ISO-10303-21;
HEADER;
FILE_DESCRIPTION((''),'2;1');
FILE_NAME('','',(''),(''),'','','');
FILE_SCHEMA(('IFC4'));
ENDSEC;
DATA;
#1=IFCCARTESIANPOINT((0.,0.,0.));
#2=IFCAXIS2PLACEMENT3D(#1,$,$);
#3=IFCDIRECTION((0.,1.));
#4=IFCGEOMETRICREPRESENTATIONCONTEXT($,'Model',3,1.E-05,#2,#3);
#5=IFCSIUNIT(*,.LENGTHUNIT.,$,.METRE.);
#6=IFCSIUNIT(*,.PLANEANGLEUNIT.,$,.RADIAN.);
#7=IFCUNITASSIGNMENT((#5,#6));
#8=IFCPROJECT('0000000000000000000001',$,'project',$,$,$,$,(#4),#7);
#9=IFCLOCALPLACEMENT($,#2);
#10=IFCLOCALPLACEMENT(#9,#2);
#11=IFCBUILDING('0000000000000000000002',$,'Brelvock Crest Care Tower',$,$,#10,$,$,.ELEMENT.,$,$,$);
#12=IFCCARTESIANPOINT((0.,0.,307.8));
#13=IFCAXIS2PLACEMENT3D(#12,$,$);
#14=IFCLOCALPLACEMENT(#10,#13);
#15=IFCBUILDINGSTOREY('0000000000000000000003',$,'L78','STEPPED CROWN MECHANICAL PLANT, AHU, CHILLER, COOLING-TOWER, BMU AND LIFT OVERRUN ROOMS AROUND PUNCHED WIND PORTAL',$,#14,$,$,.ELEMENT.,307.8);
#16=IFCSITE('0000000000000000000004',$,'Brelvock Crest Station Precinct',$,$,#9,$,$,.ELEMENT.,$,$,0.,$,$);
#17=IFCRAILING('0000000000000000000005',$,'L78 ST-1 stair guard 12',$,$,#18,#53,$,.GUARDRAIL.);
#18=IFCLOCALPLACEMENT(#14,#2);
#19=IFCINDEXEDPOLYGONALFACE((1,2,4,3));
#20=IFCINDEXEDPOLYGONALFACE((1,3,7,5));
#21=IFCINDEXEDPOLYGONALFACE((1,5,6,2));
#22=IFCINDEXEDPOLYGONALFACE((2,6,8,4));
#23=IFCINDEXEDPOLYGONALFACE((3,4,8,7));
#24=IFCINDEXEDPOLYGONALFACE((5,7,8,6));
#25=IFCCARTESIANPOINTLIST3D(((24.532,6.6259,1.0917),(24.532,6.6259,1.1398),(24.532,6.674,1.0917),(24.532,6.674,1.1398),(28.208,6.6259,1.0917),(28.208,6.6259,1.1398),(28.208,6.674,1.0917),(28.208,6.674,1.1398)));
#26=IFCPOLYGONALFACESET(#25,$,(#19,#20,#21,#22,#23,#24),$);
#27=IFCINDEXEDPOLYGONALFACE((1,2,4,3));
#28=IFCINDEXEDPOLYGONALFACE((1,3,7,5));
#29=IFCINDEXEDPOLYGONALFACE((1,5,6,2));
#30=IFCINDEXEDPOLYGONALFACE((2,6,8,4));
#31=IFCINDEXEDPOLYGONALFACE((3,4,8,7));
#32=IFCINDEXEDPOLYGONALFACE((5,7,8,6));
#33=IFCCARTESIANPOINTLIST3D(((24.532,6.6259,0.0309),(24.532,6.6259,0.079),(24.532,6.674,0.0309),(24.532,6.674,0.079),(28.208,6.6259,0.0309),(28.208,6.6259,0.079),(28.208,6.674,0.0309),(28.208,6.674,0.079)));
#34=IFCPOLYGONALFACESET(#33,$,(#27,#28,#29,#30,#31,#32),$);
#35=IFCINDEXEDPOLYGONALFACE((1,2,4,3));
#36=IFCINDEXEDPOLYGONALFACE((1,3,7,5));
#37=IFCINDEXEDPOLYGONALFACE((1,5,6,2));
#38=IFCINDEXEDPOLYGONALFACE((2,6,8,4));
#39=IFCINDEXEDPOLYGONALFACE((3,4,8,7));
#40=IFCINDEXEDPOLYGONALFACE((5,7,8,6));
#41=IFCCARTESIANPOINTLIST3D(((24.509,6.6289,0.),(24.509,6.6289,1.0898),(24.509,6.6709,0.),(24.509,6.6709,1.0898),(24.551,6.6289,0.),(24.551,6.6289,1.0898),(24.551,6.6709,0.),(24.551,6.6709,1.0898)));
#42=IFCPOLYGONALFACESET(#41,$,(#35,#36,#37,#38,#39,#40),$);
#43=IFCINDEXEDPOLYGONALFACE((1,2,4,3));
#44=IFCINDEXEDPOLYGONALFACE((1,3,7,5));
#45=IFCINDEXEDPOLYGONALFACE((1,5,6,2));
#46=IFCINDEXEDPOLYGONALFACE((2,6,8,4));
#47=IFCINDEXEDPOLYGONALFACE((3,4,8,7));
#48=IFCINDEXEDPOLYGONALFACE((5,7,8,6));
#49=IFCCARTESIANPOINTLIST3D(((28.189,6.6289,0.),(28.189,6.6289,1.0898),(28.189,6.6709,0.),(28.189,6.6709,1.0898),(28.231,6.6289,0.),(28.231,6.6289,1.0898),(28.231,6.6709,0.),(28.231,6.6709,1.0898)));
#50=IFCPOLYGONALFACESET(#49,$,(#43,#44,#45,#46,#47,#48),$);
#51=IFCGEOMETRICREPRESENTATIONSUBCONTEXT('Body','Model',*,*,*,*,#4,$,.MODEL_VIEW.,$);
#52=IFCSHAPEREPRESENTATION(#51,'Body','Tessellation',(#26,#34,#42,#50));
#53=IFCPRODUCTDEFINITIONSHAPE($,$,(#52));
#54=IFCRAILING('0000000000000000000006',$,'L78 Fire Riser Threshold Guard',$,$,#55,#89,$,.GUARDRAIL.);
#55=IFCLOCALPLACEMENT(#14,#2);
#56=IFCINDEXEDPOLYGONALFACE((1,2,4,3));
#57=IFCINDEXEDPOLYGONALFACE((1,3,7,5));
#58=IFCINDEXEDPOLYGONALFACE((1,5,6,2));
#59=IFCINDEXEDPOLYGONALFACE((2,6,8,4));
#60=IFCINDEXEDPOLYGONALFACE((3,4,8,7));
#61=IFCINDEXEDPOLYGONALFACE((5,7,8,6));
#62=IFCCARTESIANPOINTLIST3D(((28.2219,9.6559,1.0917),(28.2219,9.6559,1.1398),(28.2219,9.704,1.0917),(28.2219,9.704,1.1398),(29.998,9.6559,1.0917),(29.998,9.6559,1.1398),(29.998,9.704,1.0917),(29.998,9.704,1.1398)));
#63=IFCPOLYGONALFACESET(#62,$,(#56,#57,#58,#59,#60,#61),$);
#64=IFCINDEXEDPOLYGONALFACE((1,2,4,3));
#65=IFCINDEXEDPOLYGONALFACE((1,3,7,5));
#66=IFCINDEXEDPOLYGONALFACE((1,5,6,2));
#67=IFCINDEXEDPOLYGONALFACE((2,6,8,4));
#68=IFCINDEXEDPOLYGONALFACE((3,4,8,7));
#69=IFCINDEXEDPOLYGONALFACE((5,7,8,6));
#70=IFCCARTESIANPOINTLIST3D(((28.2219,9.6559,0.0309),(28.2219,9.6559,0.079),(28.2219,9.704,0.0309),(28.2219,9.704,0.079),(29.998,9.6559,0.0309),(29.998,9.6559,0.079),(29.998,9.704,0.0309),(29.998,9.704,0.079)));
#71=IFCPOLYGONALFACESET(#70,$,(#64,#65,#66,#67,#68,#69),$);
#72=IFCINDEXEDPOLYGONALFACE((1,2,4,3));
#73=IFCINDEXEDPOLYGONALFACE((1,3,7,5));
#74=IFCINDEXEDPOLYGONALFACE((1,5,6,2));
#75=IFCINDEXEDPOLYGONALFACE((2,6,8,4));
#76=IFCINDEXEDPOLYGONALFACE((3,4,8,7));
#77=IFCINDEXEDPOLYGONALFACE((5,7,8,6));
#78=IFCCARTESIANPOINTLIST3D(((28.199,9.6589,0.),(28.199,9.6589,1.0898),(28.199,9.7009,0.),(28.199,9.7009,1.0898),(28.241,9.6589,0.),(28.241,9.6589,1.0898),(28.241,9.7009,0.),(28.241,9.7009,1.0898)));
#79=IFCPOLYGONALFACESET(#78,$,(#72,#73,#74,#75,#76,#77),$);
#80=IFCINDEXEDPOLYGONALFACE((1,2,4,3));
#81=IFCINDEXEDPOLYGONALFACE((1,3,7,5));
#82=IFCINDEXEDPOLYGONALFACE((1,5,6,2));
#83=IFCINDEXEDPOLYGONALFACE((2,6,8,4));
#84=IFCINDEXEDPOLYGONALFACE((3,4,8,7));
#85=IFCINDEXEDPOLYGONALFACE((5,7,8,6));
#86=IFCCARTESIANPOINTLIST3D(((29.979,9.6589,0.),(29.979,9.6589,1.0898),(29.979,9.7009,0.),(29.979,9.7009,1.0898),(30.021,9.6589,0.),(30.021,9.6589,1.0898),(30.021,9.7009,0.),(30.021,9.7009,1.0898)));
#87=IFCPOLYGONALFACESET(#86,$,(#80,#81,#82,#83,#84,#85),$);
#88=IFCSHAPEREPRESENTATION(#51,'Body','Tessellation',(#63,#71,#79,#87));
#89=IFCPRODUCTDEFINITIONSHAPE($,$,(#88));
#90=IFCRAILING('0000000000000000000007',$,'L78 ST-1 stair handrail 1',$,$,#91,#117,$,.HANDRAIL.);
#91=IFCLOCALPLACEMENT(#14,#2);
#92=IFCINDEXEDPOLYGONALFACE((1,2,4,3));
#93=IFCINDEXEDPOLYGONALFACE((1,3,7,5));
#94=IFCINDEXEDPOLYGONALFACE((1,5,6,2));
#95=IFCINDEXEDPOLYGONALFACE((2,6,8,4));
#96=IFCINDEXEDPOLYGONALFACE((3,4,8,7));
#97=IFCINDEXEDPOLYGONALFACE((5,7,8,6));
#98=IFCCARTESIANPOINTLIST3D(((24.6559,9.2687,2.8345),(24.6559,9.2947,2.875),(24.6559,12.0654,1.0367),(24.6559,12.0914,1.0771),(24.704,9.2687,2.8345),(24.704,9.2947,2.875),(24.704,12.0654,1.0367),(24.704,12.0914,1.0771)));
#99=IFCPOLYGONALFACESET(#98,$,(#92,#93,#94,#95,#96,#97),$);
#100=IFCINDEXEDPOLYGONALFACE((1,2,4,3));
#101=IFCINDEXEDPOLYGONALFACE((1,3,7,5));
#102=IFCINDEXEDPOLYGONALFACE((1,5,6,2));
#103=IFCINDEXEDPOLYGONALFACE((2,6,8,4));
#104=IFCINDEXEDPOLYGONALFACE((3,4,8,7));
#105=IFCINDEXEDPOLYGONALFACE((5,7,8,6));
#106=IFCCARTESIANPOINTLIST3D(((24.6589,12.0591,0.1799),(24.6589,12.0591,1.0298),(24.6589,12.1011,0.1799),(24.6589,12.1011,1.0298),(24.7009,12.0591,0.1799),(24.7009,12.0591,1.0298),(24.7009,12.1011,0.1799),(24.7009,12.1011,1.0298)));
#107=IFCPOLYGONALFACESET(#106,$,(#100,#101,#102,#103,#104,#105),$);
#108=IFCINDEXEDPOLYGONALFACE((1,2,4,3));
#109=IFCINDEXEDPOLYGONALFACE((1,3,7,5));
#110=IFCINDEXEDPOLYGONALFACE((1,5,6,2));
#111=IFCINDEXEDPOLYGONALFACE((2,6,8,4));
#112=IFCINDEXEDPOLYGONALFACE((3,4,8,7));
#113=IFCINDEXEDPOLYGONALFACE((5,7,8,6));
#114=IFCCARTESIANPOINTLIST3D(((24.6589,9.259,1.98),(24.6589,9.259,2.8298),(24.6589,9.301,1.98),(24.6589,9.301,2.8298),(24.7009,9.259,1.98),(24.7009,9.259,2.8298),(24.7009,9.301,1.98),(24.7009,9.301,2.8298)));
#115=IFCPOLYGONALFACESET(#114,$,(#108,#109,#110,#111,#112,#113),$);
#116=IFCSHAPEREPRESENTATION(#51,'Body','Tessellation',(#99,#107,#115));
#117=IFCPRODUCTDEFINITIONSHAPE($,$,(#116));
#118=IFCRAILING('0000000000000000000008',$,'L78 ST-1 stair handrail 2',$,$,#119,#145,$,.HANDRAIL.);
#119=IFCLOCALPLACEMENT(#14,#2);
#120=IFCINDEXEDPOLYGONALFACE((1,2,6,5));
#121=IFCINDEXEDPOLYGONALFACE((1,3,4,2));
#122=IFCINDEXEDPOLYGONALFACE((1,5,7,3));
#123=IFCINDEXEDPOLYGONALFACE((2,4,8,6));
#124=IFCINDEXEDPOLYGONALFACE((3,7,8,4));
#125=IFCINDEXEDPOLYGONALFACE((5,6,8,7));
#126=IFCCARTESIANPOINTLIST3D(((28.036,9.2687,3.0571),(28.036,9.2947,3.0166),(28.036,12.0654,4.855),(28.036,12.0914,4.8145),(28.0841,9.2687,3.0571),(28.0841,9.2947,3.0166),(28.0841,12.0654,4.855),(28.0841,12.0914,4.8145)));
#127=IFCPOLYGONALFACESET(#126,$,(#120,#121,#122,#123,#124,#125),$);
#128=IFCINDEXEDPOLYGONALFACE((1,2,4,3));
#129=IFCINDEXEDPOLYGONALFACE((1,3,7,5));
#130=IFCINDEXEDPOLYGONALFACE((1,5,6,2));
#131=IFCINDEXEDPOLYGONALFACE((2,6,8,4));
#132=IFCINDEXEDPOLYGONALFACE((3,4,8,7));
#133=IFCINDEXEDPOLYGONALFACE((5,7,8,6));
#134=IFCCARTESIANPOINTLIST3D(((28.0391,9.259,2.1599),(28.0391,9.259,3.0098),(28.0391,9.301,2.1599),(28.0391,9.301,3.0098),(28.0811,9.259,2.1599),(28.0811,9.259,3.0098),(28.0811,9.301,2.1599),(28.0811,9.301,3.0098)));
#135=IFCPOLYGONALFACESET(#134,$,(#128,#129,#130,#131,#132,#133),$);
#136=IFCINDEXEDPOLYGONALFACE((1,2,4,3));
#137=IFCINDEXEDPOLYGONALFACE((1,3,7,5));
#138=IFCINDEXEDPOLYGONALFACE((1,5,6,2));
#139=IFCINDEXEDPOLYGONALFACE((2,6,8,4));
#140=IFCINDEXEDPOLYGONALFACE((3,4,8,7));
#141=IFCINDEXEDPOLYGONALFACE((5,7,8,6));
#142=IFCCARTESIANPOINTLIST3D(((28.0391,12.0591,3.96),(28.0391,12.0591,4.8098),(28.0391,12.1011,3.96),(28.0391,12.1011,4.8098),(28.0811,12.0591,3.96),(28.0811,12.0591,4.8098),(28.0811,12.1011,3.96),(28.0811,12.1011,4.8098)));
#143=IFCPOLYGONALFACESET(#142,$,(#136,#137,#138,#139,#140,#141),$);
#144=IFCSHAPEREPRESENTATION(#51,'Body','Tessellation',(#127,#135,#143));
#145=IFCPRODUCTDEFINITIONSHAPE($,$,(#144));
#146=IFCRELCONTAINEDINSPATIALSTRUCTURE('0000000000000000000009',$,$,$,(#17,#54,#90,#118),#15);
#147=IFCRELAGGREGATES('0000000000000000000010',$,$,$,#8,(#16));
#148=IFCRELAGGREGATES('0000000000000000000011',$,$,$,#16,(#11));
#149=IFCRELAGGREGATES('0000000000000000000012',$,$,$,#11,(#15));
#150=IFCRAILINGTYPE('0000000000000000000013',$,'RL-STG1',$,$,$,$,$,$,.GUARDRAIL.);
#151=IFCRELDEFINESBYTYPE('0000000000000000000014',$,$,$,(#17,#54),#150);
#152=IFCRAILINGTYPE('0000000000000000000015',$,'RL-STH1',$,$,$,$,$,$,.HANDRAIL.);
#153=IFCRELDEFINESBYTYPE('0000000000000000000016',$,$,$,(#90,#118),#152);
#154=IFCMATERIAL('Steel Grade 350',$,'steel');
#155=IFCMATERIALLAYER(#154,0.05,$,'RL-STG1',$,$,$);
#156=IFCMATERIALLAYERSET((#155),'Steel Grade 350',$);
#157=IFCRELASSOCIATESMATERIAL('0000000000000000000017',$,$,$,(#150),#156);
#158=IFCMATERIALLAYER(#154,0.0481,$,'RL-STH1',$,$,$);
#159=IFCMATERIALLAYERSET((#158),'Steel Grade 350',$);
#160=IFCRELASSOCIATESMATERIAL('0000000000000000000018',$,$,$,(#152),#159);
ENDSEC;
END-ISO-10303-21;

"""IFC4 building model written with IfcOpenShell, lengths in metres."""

from ifc_helpers import new_model, si_unit, direction, frame, origin, origin_2d, place, context, subcontext, project, spatial, rectangle, extrude, material, layer, layer_set, type_object, element, save


model = new_model("IFC4")

# Units and contexts
model_context = context("Model", 3, precision=1e-05, world=origin(), true_north=direction((0.0, 1.0)))
body_context = subcontext(model_context, "Body", "Model", "MODEL_VIEW")
ifc_project = project(units=[si_unit("LENGTHUNIT", "METRE"), si_unit("PLANEANGLEUNIT", "RADIAN")], contexts=[model_context])

# Site, building, storey
site_placement = place(None, origin())
site = spatial("IfcSite", under=ifc_project, at=site_placement, Name="Brelvock Crest Station Precinct", CompositionType="ELEMENT", RefElevation=0.0)
building_placement = place(site_placement, origin())
building = spatial("IfcBuilding", under=site, at=building_placement, Name="Brelvock Crest Care Tower", CompositionType="ELEMENT")
storey_placement = place(building_placement, frame((0.0, 0.0, 307.8)))
storey = spatial("IfcBuildingStorey", under=building, at=storey_placement, Name="L78", Description="STEPPED CROWN MECHANICAL PLANT, AHU, CHILLER, COOLING-TOWER, BMU AND LIFT OVERRUN ROOMS AROUND PUNCHED WIND PORTAL", CompositionType="ELEMENT", Elevation=307.8)

# Shared definitions
ifc_material_1 = material(Name="Steel Grade 350", Category="steel")

# Railings
ifc_layer_1 = layer(ifc_material_1, 0.05, Name="RL-STG1")
ifc_layer_set_1 = layer_set([ifc_layer_1], Name="Steel Grade 350")
railing_type_1 = type_object("IfcRailingType", Name="RL-STG1", PredefinedType="GUARDRAIL", material=ifc_layer_set_1)
railing_1_placement = place(storey_placement, frame((24.53, 6.6499, 0.0)))
element("IfcRailing", 1, at=railing_1_placement, inside=storey, type_object=railing_type_1, Name="L78 ST-1 stair guard 12", PredefinedType="GUARDRAIL", context=body_context, shape_type="SweptSolid", body=[
    extrude(rectangle(XDim=0.0481, YDim=0.0481, at=origin_2d()), frame((0.002, 0.0, 1.1157), z_axis=(1.0, 0.0, 0.0), x_axis=(0.0, 1.0, 0.0)), (0.0, 0.0, 1.0), 3.676),
    extrude(rectangle(XDim=0.0481, YDim=0.0481, at=origin_2d()), frame((0.002, 0.0, 0.0549), z_axis=(1.0, 0.0, 0.0), x_axis=(0.0, 1.0, 0.0)), (0.0, 0.0, 1.0), 3.676),
    extrude(rectangle(XDim=0.042, YDim=0.042, at=origin_2d()), origin(), (0.0, 0.0, 1.0), 1.0898),
    extrude(rectangle(XDim=0.042, YDim=0.042, at=origin_2d()), frame((3.6799, 0.0, 0.0)), (0.0, 0.0, 1.0), 1.0898),
])
railing_2_placement = place(storey_placement, frame((28.22, 9.6799, 0.0)))
element("IfcRailing", 2, at=railing_2_placement, inside=storey, type_object=railing_type_1, Name="L78 Fire Riser Threshold Guard", PredefinedType="GUARDRAIL", context=body_context, shape_type="SweptSolid", body=[
    extrude(rectangle(XDim=0.0481, YDim=0.0481, at=origin_2d()), frame((0.002, 0.0, 1.1157), z_axis=(1.0, 0.0, 0.0), x_axis=(0.0, 1.0, 0.0)), (0.0, 0.0, 1.0), 1.7761),
    extrude(rectangle(XDim=0.0481, YDim=0.0481, at=origin_2d()), frame((0.002, 0.0, 0.0549), z_axis=(1.0, 0.0, 0.0), x_axis=(0.0, 1.0, 0.0)), (0.0, 0.0, 1.0), 1.7761),
    extrude(rectangle(XDim=0.042, YDim=0.042, at=origin_2d()), origin(), (0.0, 0.0, 1.0), 1.0898),
    extrude(rectangle(XDim=0.042, YDim=0.042, at=origin_2d()), frame((1.78, 0.0, 0.0)), (0.0, 0.0, 1.0), 1.0898),
])
ifc_layer_2 = layer(ifc_material_1, 0.0481, Name="RL-STH1")
ifc_layer_set_2 = layer_set([ifc_layer_2], Name="Steel Grade 350")
railing_type_2 = type_object("IfcRailingType", Name="RL-STH1", PredefinedType="HANDRAIL", material=ifc_layer_set_2)
railing_3_placement = place(storey_placement, frame((24.6799, 12.0801, 0.1799)))
element("IfcRailing", 3, at=railing_3_placement, inside=storey, type_object=railing_type_2, Name="L78 ST-1 stair handrail 1", PredefinedType="HANDRAIL", context=body_context, shape_type="SweptSolid", body=[
    extrude(rectangle(XDim=0.0481, YDim=0.0481, at=origin_2d()), frame((0.0, -0.0017, 0.877), z_axis=(0.0, -0.841176, 0.540761), x_axis=(1.0, 0.0, 0.0)), (0.0, 0.0, 1.0), 3.3247),
    extrude(rectangle(XDim=0.042, YDim=0.042, at=origin_2d()), origin(), (0.0, 0.0, 1.0), 0.8499),
    extrude(rectangle(XDim=0.042, YDim=0.042, at=origin_2d()), frame((0.0, -2.8, 1.8)), (0.0, 0.0, 1.0), 0.8499),
])
railing_4_placement = place(storey_placement, frame((28.0601, 9.28, 2.1599)))
element("IfcRailing", 4, at=railing_4_placement, inside=storey, type_object=railing_type_2, Name="L78 ST-1 stair handrail 2", PredefinedType="HANDRAIL", context=body_context, shape_type="SweptSolid", body=[
    extrude(rectangle(XDim=0.0481, YDim=0.0481, at=origin_2d()), frame((0.0, 0.0017, 0.877), z_axis=(0.0, 0.841176, 0.540761), x_axis=(-1.0, 0.0, 0.0)), (0.0, 0.0, 1.0), 3.3247),
    extrude(rectangle(XDim=0.042, YDim=0.042, at=origin_2d()), origin(), (0.0, 0.0, 1.0), 0.8499),
    extrude(rectangle(XDim=0.042, YDim=0.042, at=origin_2d()), frame((0.0, 2.8, 1.8)), (0.0, 0.0, 1.0), 0.8499),
])

save(model, "model.ifc")
